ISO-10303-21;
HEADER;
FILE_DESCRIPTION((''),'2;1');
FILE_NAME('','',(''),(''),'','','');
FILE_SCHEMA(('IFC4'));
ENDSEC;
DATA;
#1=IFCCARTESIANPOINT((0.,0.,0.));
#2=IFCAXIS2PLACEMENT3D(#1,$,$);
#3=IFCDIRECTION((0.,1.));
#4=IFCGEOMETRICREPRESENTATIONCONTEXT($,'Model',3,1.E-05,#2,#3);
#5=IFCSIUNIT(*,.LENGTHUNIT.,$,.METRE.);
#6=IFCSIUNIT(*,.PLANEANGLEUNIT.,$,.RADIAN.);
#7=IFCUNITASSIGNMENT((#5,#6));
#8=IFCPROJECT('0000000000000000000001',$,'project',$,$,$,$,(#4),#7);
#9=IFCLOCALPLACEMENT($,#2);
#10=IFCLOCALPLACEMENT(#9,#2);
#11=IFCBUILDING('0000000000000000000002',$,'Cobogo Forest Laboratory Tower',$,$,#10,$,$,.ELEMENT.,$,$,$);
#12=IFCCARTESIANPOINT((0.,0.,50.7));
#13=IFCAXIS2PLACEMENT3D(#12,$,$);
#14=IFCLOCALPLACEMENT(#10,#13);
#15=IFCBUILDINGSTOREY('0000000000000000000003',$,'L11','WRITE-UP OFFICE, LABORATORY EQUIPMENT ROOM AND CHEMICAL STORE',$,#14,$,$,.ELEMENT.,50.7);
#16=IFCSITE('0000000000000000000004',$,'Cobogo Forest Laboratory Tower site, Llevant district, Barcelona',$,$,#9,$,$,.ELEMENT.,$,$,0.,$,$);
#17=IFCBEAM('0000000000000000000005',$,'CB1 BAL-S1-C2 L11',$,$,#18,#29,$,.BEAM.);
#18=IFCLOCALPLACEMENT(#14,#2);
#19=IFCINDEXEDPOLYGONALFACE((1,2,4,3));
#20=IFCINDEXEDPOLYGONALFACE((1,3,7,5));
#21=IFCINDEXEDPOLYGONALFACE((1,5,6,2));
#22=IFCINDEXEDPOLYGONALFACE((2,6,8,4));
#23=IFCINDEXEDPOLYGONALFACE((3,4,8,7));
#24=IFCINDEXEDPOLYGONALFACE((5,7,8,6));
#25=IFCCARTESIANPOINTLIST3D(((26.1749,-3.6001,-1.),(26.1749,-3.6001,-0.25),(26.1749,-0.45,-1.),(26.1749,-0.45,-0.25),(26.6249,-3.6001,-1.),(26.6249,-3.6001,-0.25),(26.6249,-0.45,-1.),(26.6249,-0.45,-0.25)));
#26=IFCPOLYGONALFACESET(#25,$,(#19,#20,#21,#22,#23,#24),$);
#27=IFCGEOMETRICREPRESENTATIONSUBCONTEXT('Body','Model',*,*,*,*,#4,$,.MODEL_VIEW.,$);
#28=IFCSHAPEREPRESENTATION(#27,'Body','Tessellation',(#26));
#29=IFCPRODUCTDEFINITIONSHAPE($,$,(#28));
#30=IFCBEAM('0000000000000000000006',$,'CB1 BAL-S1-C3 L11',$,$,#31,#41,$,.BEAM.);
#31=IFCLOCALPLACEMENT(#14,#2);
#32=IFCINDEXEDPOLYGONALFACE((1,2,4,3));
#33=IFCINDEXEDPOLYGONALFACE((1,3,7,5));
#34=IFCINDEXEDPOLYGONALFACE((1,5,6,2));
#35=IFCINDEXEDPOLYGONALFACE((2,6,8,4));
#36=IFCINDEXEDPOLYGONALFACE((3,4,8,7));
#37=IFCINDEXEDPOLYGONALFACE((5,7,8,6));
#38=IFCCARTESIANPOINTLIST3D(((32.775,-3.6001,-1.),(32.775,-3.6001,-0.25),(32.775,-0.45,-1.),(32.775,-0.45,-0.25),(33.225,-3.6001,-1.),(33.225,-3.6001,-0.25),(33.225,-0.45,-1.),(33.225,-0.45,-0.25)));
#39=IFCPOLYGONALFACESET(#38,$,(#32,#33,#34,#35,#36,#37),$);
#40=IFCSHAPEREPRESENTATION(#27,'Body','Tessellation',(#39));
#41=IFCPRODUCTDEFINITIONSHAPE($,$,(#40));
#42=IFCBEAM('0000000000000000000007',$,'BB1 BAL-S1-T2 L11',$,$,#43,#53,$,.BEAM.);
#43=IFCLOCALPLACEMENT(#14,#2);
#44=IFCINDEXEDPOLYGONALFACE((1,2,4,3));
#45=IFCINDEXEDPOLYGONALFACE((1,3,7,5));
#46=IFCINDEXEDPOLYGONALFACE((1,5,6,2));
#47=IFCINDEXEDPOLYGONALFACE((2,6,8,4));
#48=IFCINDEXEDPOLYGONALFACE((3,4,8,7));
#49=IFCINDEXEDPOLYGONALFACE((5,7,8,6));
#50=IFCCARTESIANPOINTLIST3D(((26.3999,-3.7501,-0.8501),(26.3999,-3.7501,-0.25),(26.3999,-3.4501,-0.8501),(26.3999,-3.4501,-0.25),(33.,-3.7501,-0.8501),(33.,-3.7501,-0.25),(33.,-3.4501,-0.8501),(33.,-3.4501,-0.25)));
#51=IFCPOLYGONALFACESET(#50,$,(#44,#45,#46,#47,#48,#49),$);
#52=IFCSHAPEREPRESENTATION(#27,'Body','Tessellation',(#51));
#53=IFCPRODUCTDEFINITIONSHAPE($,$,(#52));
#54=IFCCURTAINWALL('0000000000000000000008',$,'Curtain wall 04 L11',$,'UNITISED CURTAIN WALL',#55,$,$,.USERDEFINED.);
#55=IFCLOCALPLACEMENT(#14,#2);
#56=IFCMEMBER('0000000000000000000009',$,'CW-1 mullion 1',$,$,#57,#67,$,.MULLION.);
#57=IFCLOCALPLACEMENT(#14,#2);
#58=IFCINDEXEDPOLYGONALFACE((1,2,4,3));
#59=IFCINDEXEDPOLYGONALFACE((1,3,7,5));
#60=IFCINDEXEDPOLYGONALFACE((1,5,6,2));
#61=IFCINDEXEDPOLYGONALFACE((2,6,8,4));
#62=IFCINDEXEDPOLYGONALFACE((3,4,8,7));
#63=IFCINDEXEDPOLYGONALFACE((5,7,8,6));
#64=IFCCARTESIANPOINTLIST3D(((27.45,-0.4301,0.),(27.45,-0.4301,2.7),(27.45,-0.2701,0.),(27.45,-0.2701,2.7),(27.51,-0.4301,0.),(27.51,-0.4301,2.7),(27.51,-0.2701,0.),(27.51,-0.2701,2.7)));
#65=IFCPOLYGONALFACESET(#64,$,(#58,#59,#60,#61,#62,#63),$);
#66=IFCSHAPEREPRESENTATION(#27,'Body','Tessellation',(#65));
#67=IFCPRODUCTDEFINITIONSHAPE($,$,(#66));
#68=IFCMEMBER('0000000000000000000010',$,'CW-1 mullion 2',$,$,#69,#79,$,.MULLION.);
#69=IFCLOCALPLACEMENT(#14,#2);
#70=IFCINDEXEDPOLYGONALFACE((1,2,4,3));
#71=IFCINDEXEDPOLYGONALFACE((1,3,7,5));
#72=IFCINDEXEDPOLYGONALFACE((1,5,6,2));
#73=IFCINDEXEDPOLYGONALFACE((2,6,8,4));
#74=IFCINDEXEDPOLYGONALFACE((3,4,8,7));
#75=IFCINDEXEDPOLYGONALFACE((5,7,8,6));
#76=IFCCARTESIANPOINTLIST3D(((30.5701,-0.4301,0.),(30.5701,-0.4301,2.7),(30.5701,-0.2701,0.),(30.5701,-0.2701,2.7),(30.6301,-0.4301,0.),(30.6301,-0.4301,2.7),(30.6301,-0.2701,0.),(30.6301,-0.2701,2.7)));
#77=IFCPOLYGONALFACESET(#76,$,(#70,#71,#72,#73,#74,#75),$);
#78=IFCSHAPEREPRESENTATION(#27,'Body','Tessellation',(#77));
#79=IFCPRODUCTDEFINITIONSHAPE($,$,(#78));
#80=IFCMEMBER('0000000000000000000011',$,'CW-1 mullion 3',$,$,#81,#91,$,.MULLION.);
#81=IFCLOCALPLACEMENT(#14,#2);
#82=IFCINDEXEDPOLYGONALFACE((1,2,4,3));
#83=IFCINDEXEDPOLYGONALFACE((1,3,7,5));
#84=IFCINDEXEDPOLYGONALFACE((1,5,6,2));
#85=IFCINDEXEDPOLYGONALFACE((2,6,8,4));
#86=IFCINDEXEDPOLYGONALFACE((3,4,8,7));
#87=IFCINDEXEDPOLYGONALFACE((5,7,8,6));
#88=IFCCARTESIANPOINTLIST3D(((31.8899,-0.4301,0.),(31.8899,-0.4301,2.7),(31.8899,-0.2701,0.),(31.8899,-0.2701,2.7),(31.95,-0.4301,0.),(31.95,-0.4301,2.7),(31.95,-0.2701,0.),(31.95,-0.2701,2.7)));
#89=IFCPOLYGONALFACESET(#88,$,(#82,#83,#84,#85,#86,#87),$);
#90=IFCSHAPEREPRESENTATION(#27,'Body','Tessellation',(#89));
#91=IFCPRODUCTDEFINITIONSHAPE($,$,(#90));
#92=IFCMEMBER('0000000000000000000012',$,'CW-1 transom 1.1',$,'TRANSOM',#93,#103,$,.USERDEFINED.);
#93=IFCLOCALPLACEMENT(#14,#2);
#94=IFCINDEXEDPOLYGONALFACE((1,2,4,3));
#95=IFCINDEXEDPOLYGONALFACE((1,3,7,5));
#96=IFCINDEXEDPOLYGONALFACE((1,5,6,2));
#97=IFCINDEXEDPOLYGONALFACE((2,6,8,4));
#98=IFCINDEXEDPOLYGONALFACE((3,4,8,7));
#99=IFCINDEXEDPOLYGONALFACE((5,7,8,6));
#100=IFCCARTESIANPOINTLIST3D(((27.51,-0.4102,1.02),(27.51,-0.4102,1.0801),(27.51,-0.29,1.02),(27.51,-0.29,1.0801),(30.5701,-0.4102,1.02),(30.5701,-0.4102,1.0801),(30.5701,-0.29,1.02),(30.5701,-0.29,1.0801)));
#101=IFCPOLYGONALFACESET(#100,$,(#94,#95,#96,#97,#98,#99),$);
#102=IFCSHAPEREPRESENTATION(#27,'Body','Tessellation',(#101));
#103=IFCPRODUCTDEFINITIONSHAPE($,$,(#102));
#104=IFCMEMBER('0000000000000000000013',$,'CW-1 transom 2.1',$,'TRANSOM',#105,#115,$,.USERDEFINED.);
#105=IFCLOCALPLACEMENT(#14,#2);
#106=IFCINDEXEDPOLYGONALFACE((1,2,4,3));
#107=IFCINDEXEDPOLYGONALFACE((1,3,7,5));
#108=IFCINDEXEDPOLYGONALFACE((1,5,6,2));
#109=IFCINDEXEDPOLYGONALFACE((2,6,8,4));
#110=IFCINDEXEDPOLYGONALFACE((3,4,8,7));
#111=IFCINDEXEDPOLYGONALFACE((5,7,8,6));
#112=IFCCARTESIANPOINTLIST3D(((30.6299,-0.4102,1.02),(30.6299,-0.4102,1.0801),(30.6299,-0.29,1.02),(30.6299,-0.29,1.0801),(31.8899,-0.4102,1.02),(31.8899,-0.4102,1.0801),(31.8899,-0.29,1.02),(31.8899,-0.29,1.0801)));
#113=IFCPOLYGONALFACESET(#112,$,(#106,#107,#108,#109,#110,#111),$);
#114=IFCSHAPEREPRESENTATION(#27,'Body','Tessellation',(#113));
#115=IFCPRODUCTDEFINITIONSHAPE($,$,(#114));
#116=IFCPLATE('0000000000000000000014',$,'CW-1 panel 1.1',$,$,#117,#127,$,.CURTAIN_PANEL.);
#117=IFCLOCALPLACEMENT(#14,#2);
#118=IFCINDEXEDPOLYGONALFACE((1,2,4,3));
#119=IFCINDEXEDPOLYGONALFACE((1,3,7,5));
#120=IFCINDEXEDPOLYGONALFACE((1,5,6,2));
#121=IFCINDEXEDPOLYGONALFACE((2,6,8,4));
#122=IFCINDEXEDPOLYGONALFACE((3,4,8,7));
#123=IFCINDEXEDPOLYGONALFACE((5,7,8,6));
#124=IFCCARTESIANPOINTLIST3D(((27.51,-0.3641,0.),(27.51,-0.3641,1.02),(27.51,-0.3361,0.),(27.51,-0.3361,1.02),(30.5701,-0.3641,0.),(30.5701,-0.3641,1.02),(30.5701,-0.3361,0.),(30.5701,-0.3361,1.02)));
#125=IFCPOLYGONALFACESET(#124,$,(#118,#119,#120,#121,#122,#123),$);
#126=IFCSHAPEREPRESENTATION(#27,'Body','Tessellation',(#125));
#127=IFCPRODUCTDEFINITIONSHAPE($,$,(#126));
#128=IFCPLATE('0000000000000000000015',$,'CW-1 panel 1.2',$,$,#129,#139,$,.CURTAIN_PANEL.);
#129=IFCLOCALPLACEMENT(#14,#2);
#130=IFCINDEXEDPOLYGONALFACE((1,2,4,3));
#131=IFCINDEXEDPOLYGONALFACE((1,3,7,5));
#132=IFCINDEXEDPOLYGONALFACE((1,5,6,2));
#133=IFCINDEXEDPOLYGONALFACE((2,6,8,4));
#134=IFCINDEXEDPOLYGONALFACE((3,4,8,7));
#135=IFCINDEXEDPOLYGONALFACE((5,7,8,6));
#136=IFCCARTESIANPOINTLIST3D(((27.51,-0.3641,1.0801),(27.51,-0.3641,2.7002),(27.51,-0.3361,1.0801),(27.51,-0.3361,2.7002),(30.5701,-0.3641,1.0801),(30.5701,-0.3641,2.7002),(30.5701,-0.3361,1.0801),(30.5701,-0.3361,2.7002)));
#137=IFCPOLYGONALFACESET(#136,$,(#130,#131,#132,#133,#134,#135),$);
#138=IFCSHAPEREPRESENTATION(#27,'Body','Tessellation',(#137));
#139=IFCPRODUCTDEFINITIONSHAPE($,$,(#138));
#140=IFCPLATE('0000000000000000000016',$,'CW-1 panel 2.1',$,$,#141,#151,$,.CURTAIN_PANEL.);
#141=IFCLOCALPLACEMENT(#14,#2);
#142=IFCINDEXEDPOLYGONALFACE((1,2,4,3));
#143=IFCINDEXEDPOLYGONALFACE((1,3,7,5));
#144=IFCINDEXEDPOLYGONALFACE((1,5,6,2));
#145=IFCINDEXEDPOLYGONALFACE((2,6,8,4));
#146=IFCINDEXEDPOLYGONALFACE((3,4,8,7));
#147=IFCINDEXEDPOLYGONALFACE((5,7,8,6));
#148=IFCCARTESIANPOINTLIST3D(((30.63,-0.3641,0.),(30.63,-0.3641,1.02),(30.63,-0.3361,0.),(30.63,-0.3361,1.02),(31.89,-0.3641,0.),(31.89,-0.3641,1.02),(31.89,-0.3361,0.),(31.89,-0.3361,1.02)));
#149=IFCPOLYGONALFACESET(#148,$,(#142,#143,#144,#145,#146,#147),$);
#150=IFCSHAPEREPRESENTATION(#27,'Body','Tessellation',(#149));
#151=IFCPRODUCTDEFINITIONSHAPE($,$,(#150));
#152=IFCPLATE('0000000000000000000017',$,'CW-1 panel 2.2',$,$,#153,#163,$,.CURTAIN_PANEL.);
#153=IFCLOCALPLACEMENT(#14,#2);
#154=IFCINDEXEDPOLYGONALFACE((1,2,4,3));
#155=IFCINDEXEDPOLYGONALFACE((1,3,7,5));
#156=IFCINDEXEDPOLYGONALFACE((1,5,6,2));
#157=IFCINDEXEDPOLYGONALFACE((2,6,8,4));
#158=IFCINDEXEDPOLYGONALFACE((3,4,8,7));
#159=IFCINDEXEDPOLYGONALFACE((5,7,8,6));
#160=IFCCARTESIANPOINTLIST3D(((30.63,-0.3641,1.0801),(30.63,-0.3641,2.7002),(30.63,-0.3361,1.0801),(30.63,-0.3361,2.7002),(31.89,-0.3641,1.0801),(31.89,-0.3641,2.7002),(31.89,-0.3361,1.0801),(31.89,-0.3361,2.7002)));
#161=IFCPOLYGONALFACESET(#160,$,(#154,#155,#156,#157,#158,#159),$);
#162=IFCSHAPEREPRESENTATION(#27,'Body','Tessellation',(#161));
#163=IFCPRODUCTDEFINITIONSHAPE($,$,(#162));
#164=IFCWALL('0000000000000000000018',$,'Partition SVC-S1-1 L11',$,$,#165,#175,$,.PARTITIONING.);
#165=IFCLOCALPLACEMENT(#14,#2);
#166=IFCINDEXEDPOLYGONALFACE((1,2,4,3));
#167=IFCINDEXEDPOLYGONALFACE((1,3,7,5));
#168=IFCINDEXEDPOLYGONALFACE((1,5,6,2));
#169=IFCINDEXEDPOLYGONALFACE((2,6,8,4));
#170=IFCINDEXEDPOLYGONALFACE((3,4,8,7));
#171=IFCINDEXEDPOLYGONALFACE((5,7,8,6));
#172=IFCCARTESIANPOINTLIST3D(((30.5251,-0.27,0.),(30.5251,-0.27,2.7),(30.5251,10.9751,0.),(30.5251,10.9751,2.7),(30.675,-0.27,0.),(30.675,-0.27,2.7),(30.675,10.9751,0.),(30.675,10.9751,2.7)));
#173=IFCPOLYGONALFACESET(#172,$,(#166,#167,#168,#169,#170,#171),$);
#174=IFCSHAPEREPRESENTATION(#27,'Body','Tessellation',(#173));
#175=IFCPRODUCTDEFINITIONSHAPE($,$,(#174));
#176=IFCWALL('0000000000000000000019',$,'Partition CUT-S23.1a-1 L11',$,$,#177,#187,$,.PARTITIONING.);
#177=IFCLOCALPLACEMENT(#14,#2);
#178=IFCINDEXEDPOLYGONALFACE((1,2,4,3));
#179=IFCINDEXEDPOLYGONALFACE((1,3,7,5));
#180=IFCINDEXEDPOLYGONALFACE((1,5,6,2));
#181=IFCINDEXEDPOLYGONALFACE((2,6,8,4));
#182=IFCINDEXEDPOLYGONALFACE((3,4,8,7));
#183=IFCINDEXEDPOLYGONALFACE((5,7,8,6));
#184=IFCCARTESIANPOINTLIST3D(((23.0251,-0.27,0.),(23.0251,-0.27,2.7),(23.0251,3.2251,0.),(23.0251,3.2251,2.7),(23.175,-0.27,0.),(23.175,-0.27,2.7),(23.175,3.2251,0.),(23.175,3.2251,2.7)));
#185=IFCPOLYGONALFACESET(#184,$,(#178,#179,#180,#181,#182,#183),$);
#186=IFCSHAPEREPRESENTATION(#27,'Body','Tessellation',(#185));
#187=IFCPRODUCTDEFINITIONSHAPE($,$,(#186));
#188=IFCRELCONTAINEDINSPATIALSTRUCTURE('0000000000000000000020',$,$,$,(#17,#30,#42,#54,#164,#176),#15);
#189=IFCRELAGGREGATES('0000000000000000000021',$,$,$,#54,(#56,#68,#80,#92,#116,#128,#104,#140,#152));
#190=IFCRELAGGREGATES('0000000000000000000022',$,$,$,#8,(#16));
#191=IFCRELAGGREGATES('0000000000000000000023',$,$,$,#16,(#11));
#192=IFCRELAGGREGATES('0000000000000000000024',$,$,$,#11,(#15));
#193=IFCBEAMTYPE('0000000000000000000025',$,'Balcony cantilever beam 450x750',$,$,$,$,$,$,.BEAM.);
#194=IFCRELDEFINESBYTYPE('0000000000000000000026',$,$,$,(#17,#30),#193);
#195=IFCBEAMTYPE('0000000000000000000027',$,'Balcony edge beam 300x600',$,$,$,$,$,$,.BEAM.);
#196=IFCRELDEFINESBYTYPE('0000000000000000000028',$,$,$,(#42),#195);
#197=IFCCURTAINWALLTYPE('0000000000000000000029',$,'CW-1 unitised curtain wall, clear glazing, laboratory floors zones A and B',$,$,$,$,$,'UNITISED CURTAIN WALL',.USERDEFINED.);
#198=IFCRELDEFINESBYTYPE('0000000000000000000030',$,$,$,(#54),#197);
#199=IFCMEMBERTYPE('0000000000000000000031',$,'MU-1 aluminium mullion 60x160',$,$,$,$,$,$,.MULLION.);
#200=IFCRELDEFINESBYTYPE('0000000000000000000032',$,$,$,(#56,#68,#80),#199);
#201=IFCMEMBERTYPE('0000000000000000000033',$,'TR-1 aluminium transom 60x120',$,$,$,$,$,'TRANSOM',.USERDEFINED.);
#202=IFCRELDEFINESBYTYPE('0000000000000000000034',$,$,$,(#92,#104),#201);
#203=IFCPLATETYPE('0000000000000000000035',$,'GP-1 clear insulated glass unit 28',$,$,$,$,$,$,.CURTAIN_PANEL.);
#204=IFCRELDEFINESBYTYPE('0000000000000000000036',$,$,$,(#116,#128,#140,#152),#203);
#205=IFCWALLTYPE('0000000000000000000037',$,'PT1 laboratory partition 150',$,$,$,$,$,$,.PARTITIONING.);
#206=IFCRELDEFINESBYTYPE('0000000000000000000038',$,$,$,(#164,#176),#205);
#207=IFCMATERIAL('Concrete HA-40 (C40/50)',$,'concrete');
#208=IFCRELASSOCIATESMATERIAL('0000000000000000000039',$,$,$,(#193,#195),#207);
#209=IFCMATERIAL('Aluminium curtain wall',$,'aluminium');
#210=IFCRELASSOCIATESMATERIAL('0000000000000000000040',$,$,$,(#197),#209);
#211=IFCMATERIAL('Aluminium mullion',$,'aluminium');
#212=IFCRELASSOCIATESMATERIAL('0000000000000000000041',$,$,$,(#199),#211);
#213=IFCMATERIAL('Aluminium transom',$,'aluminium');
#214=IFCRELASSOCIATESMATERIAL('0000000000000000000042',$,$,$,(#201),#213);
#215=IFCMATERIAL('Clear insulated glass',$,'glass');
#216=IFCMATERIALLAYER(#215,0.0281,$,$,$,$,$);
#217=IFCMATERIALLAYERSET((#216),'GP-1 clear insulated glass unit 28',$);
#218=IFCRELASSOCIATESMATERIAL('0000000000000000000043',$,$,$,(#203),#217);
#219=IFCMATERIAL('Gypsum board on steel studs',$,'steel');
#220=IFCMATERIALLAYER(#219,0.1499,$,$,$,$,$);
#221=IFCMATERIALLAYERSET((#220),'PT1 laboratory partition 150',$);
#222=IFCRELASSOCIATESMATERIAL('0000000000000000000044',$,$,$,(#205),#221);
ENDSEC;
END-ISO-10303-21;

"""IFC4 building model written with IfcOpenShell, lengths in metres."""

from ifc_helpers import new_model, si_unit, direction, frame, frame_2d, origin, origin_2d, place, context, subcontext, project, spatial, rectangle, extrude, material, layer, layer_set, material_profile, profile_set, type_object, element, aggregate, save


model = new_model("IFC4")

# Units and contexts
model_context = context("Model", 3, precision=1e-05, world=origin(), true_north=direction((0.0, 1.0)))
body_context = subcontext(model_context, "Body", "Model", "MODEL_VIEW")
ifc_project = project(units=[si_unit("LENGTHUNIT", "METRE"), si_unit("PLANEANGLEUNIT", "RADIAN")], contexts=[model_context])

# Site, building, storey
site_placement = place(None, origin())
site = spatial("IfcSite", under=ifc_project, at=site_placement, Name="Cobogo Forest Laboratory Tower site, Llevant district, Barcelona", CompositionType="ELEMENT", RefElevation=0.0)
building_placement = place(site_placement, origin())
building = spatial("IfcBuilding", under=site, at=building_placement, Name="Cobogo Forest Laboratory Tower", CompositionType="ELEMENT")
storey_placement = place(building_placement, frame((0.0, 0.0, 50.7)))
storey = spatial("IfcBuildingStorey", under=building, at=storey_placement, Name="L11", Description="WRITE-UP OFFICE, LABORATORY EQUIPMENT ROOM AND CHEMICAL STORE", CompositionType="ELEMENT", Elevation=50.7)

# Beams
ifc_material_1 = material(Name="Concrete HA-40 (C40/50)", Category="concrete")
ifc_material_profile_1 = material_profile(ifc_material_1, rectangle(XDim=0.45, YDim=0.75, at=origin_2d()), Name="RC 450x750")
ifc_profile_set_1 = profile_set([ifc_material_profile_1], Name="Concrete HA-40 (C40/50)")
beam_type_1 = type_object("IfcBeamType", Name="Balcony cantilever beam 450x750", PredefinedType="BEAM", material=ifc_profile_set_1)
for number, where, z_axis, x_axis, name in (
    (1, (26.3999, -0.45, -0.625), (0.0, -1.0, 0.0), (1.0, 0.0, 0.0), "CB1 BAL-S1-C2 L11"),
    (2, (33.0, -0.45, -0.625), (0.0, -1.0, 0.0), (1.0, 0.0, 0.0), "CB1 BAL-S1-C3 L11"),
):
    element("IfcBeam", number, at=place(storey_placement, frame(where, z_axis=z_axis, x_axis=x_axis)), inside=storey, type_object=beam_type_1, Name=name, PredefinedType="BEAM", context=body_context, shape_type="SweptSolid", body=[
        extrude(rectangle(XDim=0.45, YDim=0.75, at=origin_2d()), origin(), (0.0, 0.0, 1.0), 3.1501),
    ])
ifc_material_profile_2 = material_profile(ifc_material_1, rectangle(XDim=0.3, YDim=0.6001, at=origin_2d()), Name="RC 300x600")
ifc_profile_set_2 = profile_set([ifc_material_profile_2], Name="Concrete HA-40 (C40/50)")
beam_type_2 = type_object("IfcBeamType", Name="Balcony edge beam 300x600", PredefinedType="BEAM", material=ifc_profile_set_2)
beam_placement = place(storey_placement, frame((26.3999, -3.6001, -0.55), z_axis=(1.0, 0.0, 0.0), x_axis=(0.0, 1.0, 0.0)))
element("IfcBeam", 3, at=beam_placement, inside=storey, type_object=beam_type_2, Name="BB1 BAL-S1-T2 L11", PredefinedType="BEAM", context=body_context, shape_type="SweptSolid", body=[
    extrude(rectangle(XDim=0.3, YDim=0.6001, at=origin_2d()), origin(), (0.0, 0.0, 1.0), 6.6001),
])

# Curtain wall, members, plates
ifc_material_2 = material(Name="Aluminium curtain wall", Category="aluminium")
curtain_wall_type = type_object("IfcCurtainWallType", Name="CW-1 unitised curtain wall, clear glazing, laboratory floors zones A and B", ElementType="UNITISED CURTAIN WALL", PredefinedType="USERDEFINED", material=ifc_material_2)
curtain_wall_placement = place(storey_placement, origin())
curtain_wall = element("IfcCurtainWall", 4, at=curtain_wall_placement, inside=storey, type_object=curtain_wall_type, Name="Curtain wall 04 L11", ObjectType="UNITISED CURTAIN WALL", PredefinedType="USERDEFINED")
ifc_material_3 = material(Name="Aluminium mullion", Category="aluminium")
ifc_material_profile_3 = material_profile(ifc_material_3, rectangle(XDim=0.0601, YDim=0.1599, at=origin_2d()), Name="AL 60x160")
ifc_profile_set_3 = profile_set([ifc_material_profile_3], Name="Aluminium mullion")
member_type_1 = type_object("IfcMemberType", Name="MU-1 aluminium mullion 60x160", PredefinedType="MULLION", material=ifc_profile_set_3)
member_1_placement = place(storey_placement, frame((27.48, -0.3501, 0.0), z_axis=(0.0, 0.0, 1.0), x_axis=(1.0, 0.0, 0.0)))
member_1 = element("IfcMember", 5, at=member_1_placement, type_object=member_type_1, Name="CW-1 mullion 1", PredefinedType="MULLION", context=body_context, shape_type="SweptSolid", body=[
    extrude(rectangle(XDim=0.0601, YDim=0.1599, at=origin_2d()), origin(), (0.0, 0.0, 1.0), 2.7),
])
member_2_placement = place(storey_placement, frame((30.6001, -0.3501, 0.0), z_axis=(0.0, 0.0, 1.0), x_axis=(1.0, 0.0, 0.0)))
member_2 = element("IfcMember", 6, at=member_2_placement, type_object=member_type_1, Name="CW-1 mullion 2", PredefinedType="MULLION", context=body_context, shape_type="SweptSolid", body=[
    extrude(rectangle(XDim=0.0601, YDim=0.1599, at=origin_2d()), origin(), (0.0, 0.0, 1.0), 2.7),
])
member_3_placement = place(storey_placement, frame((31.9199, -0.3501, 0.0), z_axis=(0.0, 0.0, 1.0), x_axis=(1.0, 0.0, 0.0)))
member_3 = element("IfcMember", 7, at=member_3_placement, type_object=member_type_1, Name="CW-1 mullion 3", PredefinedType="MULLION", context=body_context, shape_type="SweptSolid", body=[
    extrude(rectangle(XDim=0.0601, YDim=0.1599, at=origin_2d()), origin(), (0.0, 0.0, 1.0), 2.7),
])
ifc_material_4 = material(Name="Aluminium transom", Category="aluminium")
ifc_material_profile_4 = material_profile(ifc_material_4, rectangle(XDim=0.1201, YDim=0.0601, at=origin_2d()), Name="AL 60x120")
ifc_profile_set_4 = profile_set([ifc_material_profile_4], Name="Aluminium transom")
member_type_2 = type_object("IfcMemberType", Name="TR-1 aluminium transom 60x120", ElementType="TRANSOM", PredefinedType="USERDEFINED", material=ifc_profile_set_4)
member_4_placement = place(storey_placement, frame((27.51, -0.3501, 1.05), z_axis=(1.0, 0.0, 0.0), x_axis=(0.0, 1.0, 0.0)))
member_4 = element("IfcMember", 8, at=member_4_placement, type_object=member_type_2, Name="CW-1 transom 1.1", ObjectType="TRANSOM", PredefinedType="USERDEFINED", context=body_context, shape_type="SweptSolid", body=[
    extrude(rectangle(XDim=0.1201, YDim=0.0601, at=origin_2d()), origin(), (0.0, 0.0, 1.0), 3.0601),
])
member_5_placement = place(storey_placement, frame((30.6299, -0.3501, 1.05), z_axis=(1.0, 0.0, 0.0), x_axis=(0.0, 1.0, 0.0)))
member_5 = element("IfcMember", 9, at=member_5_placement, type_object=member_type_2, Name="CW-1 transom 2.1", ObjectType="TRANSOM", PredefinedType="USERDEFINED", context=body_context, shape_type="SweptSolid", body=[
    extrude(rectangle(XDim=0.1201, YDim=0.0601, at=origin_2d()), origin(), (0.0, 0.0, 1.0), 1.26),
])
ifc_material_5 = material(Name="Clear insulated glass", Category="glass")
ifc_layer_1 = layer(ifc_material_5, 0.0281)
ifc_layer_set_1 = layer_set([ifc_layer_1], Name="GP-1 clear insulated glass unit 28")
plate_type = type_object("IfcPlateType", Name="GP-1 clear insulated glass unit 28", PredefinedType="CURTAIN_PANEL", material=ifc_layer_set_1)
plate_1_placement = place(storey_placement, frame((29.04, -0.3501, 0.0), z_axis=(0.0, 0.0, 1.0), x_axis=(1.0, 0.0, 0.0)))
plate_1 = element("IfcPlate", 10, at=plate_1_placement, type_object=plate_type, Name="CW-1 panel 1.1", PredefinedType="CURTAIN_PANEL", context=body_context, shape_type="SweptSolid", body=[
    extrude(rectangle(XDim=3.0601, YDim=0.0281, at=origin_2d()), origin(), (0.0, 0.0, 1.0), 1.02),
])
plate_2_placement = place(storey_placement, frame((29.04, -0.3501, 1.0801), z_axis=(0.0, 0.0, 1.0), x_axis=(1.0, 0.0, 0.0)))
plate_2 = element("IfcPlate", 11, at=plate_2_placement, type_object=plate_type, Name="CW-1 panel 1.2", PredefinedType="CURTAIN_PANEL", context=body_context, shape_type="SweptSolid", body=[
    extrude(rectangle(XDim=3.0601, YDim=0.0281, at=origin_2d()), origin(), (0.0, 0.0, 1.0), 1.6201),
])
plate_3_placement = place(storey_placement, frame((31.26, -0.3501, 0.0), z_axis=(0.0, 0.0, 1.0), x_axis=(1.0, 0.0, 0.0)))
plate_3 = element("IfcPlate", 12, at=plate_3_placement, type_object=plate_type, Name="CW-1 panel 2.1", PredefinedType="CURTAIN_PANEL", context=body_context, shape_type="SweptSolid", body=[
    extrude(rectangle(XDim=1.26, YDim=0.0281, at=origin_2d()), origin(), (0.0, 0.0, 1.0), 1.02),
])
plate_4_placement = place(storey_placement, frame((31.26, -0.3501, 1.0801), z_axis=(0.0, 0.0, 1.0), x_axis=(1.0, 0.0, 0.0)))
plate_4 = element("IfcPlate", 13, at=plate_4_placement, type_object=plate_type, Name="CW-1 panel 2.2", PredefinedType="CURTAIN_PANEL", context=body_context, shape_type="SweptSolid", body=[
    extrude(rectangle(XDim=1.26, YDim=0.0281, at=origin_2d()), origin(), (0.0, 0.0, 1.0), 1.6201),
])
aggregate(curtain_wall, [member_1, member_2, member_3, member_4, plate_1, plate_2, member_5, plate_3, plate_4])

# Walls
ifc_material_6 = material(Name="Gypsum board on steel studs", Category="steel")
ifc_layer_2 = layer(ifc_material_6, 0.1499)
ifc_layer_set_2 = layer_set([ifc_layer_2], Name="PT1 laboratory partition 150")
wall_type_1 = type_object("IfcWallType", Name="PT1 laboratory partition 150", PredefinedType="PARTITIONING", material=ifc_layer_set_2)
wall_1_placement = place(storey_placement, frame((30.6001, -0.27, 0.0), z_axis=(0.0, 0.0, 1.0), x_axis=(0.0, 1.0, 0.0)))
element("IfcWall", 14, at=wall_1_placement, inside=storey, type_object=wall_type_1, Name="Partition SVC-S1-1 L11", PredefinedType="PARTITIONING", context=body_context, shape_type="SweptSolid", body=[
    extrude(rectangle(XDim=11.2451, YDim=0.1499, at=frame_2d((5.6226, 0.0))), origin(), (0.0, 0.0, 1.0), 2.7),
])
wall_2_placement = place(storey_placement, frame((23.1001, -0.27, 0.0), z_axis=(0.0, 0.0, 1.0), x_axis=(0.0, 1.0, 0.0)))
element("IfcWall", 15, at=wall_2_placement, inside=storey, type_object=wall_type_1, Name="Partition CUT-S23.1a-1 L11", PredefinedType="PARTITIONING", context=body_context, shape_type="SweptSolid", body=[
    extrude(rectangle(XDim=3.4951, YDim=0.1499, at=frame_2d((1.7476, 0.0))), origin(), (0.0, 0.0, 1.0), 2.7),
])

save(model, "model.ifc")
